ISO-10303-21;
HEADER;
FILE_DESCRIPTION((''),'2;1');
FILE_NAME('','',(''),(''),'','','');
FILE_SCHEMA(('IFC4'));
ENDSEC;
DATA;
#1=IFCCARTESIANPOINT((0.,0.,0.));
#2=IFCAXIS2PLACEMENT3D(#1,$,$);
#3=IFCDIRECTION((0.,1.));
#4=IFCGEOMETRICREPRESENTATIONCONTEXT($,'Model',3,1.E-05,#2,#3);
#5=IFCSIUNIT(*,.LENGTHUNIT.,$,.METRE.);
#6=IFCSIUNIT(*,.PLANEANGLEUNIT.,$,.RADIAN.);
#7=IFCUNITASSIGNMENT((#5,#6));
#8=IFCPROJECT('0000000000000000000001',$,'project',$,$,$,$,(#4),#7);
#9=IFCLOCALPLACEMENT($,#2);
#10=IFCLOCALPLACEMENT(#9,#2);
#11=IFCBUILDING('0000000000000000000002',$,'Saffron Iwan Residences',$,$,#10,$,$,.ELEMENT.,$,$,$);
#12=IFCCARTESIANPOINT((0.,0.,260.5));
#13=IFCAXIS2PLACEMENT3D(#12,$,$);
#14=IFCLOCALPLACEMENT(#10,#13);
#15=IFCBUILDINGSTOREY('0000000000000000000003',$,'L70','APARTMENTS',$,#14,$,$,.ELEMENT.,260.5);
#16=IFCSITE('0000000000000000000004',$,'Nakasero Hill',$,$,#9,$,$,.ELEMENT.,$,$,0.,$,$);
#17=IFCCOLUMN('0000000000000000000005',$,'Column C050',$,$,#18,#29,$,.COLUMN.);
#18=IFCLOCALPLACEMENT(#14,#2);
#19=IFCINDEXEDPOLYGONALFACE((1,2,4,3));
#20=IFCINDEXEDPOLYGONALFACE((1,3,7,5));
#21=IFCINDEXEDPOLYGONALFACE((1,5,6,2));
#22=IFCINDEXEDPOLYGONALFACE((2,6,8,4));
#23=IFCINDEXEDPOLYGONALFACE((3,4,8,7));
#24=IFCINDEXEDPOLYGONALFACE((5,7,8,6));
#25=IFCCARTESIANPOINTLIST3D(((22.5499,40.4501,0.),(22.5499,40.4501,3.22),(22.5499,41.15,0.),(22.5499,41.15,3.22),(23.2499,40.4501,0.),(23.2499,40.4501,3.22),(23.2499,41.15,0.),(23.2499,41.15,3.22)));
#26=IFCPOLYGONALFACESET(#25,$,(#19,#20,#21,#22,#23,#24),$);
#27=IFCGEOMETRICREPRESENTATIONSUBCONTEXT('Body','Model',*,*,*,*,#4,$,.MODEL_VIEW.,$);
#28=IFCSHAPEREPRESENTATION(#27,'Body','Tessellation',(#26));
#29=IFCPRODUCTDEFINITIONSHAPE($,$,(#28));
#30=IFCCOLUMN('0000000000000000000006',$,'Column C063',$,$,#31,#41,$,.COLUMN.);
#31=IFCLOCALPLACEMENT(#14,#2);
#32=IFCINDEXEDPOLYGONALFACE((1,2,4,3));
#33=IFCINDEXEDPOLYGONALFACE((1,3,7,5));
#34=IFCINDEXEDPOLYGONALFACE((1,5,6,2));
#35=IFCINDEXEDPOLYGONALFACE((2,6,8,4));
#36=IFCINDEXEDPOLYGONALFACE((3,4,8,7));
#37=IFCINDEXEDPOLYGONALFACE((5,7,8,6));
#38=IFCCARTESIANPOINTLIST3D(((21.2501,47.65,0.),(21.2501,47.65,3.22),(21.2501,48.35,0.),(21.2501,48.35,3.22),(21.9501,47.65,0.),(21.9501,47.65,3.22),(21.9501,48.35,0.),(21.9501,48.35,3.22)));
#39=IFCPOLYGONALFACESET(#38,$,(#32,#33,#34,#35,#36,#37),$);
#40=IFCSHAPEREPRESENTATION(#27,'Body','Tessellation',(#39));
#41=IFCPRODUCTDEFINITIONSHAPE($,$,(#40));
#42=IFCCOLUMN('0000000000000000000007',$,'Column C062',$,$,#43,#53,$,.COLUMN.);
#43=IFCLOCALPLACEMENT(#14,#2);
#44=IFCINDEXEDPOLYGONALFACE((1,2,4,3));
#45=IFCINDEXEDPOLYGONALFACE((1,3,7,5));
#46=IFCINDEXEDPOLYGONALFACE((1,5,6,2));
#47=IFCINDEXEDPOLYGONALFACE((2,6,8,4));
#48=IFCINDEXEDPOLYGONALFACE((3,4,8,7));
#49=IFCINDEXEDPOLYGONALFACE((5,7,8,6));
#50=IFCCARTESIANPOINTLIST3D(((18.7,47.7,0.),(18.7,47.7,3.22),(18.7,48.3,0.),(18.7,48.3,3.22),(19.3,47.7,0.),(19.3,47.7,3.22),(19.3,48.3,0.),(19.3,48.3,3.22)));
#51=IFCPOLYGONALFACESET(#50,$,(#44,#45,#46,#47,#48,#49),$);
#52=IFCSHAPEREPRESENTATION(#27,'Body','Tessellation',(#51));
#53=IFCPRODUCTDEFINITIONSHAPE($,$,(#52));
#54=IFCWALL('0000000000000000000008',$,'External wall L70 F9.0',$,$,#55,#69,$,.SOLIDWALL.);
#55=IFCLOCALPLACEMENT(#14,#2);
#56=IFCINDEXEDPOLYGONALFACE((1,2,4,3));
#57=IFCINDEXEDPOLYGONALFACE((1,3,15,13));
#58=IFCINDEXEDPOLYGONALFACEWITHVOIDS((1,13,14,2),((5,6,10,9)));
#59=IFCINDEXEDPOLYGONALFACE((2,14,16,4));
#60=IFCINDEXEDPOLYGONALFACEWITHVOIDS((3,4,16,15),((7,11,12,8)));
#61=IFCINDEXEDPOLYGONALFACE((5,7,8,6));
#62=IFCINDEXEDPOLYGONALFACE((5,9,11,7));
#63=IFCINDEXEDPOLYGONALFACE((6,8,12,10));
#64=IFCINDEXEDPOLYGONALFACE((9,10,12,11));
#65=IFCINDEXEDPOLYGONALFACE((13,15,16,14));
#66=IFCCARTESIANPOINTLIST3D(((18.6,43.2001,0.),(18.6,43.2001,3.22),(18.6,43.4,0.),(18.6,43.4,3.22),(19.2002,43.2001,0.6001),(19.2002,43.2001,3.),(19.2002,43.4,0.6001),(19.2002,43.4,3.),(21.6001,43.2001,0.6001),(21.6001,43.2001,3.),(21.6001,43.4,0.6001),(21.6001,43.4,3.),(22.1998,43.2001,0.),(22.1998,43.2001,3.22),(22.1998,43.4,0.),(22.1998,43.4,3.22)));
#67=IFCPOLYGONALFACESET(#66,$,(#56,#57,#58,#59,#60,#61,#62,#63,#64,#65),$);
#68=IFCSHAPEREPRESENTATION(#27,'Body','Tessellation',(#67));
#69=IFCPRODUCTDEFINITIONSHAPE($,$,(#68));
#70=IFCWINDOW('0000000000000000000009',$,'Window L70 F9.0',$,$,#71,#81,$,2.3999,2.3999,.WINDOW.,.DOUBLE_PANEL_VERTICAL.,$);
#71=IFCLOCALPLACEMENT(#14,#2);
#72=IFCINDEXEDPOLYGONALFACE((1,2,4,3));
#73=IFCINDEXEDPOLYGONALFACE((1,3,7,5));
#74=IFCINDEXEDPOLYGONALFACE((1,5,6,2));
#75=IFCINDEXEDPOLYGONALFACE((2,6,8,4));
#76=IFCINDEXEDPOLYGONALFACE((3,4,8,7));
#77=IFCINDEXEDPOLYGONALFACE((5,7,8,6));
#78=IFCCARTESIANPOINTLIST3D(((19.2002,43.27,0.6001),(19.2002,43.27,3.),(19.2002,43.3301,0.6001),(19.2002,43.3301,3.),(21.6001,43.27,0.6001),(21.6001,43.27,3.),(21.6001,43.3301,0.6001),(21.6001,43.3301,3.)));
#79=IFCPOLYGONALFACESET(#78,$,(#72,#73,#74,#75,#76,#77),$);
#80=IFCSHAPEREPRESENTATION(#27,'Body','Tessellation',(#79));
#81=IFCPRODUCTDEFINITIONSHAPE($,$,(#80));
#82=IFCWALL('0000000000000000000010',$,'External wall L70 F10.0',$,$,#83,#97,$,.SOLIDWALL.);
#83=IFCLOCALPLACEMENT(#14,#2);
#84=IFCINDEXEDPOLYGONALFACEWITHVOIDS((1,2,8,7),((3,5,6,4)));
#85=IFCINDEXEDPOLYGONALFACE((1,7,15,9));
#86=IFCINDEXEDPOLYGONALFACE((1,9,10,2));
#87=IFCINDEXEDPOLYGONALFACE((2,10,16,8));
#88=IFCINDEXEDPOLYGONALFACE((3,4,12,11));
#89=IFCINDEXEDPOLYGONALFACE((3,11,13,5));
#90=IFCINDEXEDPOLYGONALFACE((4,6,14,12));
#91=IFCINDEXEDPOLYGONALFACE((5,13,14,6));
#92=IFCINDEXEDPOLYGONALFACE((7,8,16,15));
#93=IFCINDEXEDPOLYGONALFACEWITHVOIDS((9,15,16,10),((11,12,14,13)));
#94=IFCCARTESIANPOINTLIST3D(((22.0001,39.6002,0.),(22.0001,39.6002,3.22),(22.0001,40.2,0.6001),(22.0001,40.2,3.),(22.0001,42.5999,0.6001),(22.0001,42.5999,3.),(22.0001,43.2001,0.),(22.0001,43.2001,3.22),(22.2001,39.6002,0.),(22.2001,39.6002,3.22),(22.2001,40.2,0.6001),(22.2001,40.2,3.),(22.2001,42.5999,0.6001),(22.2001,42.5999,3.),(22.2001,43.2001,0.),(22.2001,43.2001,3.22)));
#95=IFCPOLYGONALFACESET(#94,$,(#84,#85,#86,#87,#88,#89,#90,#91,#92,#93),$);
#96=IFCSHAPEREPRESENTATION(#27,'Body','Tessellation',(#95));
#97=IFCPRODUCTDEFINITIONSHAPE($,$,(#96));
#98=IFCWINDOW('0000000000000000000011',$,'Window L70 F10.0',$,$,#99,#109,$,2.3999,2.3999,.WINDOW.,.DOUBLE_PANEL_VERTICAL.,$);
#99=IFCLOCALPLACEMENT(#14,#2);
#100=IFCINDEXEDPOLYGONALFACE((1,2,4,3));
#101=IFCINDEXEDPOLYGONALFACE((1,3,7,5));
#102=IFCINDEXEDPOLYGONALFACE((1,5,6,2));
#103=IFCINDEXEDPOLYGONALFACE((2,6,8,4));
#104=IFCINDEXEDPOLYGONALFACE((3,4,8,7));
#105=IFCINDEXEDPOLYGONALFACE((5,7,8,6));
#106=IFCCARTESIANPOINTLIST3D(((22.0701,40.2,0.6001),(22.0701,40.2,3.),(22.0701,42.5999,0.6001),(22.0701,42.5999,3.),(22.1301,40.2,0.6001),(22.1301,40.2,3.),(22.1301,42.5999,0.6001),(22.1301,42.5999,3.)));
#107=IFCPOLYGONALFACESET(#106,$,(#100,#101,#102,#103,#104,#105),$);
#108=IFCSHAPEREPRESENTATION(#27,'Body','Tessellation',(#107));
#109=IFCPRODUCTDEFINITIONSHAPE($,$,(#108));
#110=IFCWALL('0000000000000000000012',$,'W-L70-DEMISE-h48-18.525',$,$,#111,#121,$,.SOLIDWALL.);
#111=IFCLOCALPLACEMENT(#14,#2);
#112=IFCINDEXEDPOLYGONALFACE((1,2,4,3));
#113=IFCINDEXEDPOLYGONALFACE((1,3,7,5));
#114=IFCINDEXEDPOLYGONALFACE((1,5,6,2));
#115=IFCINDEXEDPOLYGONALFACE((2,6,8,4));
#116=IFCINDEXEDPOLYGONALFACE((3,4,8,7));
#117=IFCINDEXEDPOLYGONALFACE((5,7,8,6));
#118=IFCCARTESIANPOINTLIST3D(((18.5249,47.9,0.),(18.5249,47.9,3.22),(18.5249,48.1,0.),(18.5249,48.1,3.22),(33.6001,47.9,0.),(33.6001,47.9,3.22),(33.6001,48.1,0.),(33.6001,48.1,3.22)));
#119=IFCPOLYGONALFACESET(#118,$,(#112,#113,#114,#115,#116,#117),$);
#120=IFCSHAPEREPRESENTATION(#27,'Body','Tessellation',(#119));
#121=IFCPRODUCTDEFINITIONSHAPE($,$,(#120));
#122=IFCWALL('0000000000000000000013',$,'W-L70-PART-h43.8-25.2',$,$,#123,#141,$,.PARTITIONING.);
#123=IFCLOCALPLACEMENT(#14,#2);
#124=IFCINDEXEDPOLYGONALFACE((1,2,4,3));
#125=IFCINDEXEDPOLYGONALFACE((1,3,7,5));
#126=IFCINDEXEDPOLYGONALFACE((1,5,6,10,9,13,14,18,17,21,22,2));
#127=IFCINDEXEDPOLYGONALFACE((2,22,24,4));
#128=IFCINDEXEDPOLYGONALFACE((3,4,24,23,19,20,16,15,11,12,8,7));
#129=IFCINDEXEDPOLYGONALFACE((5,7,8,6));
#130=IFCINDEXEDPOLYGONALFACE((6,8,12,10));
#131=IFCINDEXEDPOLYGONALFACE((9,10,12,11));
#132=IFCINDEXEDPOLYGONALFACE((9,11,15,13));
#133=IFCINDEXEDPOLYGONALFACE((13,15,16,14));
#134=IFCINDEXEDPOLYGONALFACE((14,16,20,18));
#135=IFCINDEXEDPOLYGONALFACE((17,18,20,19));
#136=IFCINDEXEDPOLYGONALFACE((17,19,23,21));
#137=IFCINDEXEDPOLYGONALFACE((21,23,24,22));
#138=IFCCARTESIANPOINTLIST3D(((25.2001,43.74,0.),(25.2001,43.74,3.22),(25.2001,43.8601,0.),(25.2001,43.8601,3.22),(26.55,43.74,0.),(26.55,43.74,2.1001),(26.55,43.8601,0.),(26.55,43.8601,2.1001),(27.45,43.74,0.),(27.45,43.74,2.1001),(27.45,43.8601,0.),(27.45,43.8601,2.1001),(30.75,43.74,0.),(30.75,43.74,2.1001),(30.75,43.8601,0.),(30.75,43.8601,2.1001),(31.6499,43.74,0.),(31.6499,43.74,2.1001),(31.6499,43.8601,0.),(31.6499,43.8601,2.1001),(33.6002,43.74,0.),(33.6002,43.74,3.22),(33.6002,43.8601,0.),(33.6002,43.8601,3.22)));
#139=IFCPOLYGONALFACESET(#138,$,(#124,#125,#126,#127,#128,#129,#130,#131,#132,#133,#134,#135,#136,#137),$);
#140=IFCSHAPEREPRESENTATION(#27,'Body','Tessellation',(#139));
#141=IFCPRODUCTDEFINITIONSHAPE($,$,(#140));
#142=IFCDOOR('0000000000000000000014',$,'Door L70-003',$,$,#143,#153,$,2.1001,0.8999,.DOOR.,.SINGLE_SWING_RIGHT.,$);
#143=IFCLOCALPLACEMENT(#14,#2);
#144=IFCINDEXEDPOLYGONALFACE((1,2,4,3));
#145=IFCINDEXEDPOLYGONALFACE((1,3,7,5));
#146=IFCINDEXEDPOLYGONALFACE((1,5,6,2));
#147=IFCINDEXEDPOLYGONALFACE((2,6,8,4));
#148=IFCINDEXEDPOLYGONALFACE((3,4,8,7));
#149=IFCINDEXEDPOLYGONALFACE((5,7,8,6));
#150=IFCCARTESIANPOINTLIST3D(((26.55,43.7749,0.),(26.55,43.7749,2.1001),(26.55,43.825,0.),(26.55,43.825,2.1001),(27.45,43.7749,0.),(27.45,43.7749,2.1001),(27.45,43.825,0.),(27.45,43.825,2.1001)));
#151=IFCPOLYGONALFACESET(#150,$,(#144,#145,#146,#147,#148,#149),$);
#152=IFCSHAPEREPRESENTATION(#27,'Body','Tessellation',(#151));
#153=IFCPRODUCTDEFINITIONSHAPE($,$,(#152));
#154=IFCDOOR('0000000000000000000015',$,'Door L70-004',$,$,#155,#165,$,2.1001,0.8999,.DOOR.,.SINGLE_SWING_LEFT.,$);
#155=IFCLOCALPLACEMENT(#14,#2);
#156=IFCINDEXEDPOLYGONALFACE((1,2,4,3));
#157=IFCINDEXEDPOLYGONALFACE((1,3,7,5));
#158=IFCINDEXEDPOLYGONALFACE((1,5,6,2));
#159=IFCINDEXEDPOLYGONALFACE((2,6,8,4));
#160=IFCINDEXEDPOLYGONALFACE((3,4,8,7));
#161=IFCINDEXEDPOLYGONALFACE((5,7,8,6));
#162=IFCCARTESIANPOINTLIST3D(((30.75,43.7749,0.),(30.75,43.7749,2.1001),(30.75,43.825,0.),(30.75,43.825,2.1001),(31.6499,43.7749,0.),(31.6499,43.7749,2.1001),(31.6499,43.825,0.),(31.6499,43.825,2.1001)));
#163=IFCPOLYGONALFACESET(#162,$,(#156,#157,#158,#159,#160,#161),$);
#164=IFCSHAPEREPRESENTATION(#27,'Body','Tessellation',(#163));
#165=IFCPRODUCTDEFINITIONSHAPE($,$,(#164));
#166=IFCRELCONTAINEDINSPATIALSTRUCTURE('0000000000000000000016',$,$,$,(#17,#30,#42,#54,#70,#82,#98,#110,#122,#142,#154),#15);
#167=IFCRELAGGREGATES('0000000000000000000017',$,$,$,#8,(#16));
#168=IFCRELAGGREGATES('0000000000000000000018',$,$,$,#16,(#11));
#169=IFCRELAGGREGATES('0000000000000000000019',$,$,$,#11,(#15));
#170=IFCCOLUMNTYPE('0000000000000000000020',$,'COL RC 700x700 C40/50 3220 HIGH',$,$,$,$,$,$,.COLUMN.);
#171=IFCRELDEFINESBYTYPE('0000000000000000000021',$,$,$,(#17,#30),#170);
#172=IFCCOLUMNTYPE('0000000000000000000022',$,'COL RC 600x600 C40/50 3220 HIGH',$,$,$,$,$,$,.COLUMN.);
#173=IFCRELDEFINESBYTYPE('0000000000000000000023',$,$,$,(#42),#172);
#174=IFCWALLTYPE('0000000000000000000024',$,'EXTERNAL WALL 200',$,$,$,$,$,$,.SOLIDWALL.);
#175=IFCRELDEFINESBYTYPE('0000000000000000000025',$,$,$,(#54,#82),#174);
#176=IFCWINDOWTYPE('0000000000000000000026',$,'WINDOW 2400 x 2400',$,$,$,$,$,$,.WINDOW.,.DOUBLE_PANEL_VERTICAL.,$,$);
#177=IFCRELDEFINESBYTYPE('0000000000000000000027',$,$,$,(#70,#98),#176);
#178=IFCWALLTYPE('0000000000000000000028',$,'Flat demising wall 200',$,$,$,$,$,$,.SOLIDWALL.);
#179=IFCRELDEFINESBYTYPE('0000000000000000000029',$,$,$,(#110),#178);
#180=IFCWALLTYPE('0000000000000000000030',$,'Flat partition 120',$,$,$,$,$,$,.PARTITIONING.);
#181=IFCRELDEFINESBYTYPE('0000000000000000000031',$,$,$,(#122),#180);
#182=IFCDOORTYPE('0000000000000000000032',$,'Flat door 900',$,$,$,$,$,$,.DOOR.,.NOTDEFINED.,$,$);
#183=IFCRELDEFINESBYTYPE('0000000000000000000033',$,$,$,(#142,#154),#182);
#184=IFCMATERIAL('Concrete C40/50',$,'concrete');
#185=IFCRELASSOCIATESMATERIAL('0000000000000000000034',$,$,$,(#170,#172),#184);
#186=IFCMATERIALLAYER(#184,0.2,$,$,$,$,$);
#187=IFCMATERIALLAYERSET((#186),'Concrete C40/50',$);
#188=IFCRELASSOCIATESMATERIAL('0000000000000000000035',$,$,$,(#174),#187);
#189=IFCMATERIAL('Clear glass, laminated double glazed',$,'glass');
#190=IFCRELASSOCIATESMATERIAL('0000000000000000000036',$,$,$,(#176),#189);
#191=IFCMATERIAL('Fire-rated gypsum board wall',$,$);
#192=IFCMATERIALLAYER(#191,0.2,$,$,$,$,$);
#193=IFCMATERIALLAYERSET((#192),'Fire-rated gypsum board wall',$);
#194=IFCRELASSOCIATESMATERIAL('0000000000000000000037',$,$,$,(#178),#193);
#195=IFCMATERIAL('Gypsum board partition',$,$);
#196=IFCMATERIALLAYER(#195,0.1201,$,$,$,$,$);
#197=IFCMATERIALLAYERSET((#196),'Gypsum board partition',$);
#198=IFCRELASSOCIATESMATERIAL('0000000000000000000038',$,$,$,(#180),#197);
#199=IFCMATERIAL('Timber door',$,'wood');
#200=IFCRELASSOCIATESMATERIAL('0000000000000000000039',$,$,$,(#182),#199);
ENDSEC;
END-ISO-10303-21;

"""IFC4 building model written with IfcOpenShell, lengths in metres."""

from ifc_helpers import new_model, si_unit, direction, frame, frame_2d, origin, origin_2d, place, context, subcontext, project, spatial, rectangle, extrude, source, transform, mapped, material, layer, layer_set, material_profile, profile_set, type_object, element, fill, save


model = new_model("IFC4")

# Units and contexts
model_context = context("Model", 3, precision=1e-05, world=origin(), true_north=direction((0.0, 1.0)))
body_context = subcontext(model_context, "Body", "Model", "MODEL_VIEW")
ifc_project = project(units=[si_unit("LENGTHUNIT", "METRE"), si_unit("PLANEANGLEUNIT", "RADIAN")], contexts=[model_context])

# Site, building, storey
site_placement = place(None, origin())
site = spatial("IfcSite", under=ifc_project, at=site_placement, Name="Nakasero Hill", CompositionType="ELEMENT", RefElevation=0.0)
building_placement = place(site_placement, origin())
building = spatial("IfcBuilding", under=site, at=building_placement, Name="Saffron Iwan Residences", CompositionType="ELEMENT")
storey_placement = place(building_placement, frame((0.0, 0.0, 260.5)))
storey = spatial("IfcBuildingStorey", under=building, at=storey_placement, Name="L70", Description="APARTMENTS", CompositionType="ELEMENT", Elevation=260.5)

# Columns
ifc_material_1 = material(Name="Concrete C40/50", Category="concrete")
ifc_material_profile_1 = material_profile(ifc_material_1, rectangle(XDim=0.7, YDim=0.7, at=origin_2d()), Name="RC 700x700")
ifc_profile_set_1 = profile_set([ifc_material_profile_1], Name="Concrete C40/50")
column_type_1 = type_object("IfcColumnType", Name="COL RC 700x700 C40/50 3220 HIGH", PredefinedType="COLUMN", material=ifc_profile_set_1)
shared_shape_1 = source(origin(), body_context, "Body", "SweptSolid", [
    extrude(rectangle(XDim=0.7, YDim=0.7, at=origin_2d()), origin(), (0.0, 0.0, 1.0), 3.22),
])
for number, where, z_axis, x_axis, name in (
    (1, (22.8999, 40.8, 0.0), (0.0, 0.0, 1.0), (1.0, 0.0, 0.0), "Column C050"),
    (2, (21.6001, 48.0, 0.0), (0.0, 0.0, 1.0), (1.0, 0.0, 0.0), "Column C063"),
):
    element("IfcColumn", number, at=place(storey_placement, frame(where, z_axis=z_axis, x_axis=x_axis)), inside=storey, type_object=column_type_1, Name=name, PredefinedType="COLUMN", context=body_context, shape_type="MappedRepresentation", body=[
        mapped(shared_shape_1, transform((0.0, 0.0, 0.0))),
    ])
ifc_material_profile_2 = material_profile(ifc_material_1, rectangle(XDim=0.6001, YDim=0.6001, at=origin_2d()), Name="RC 600x600")
ifc_profile_set_2 = profile_set([ifc_material_profile_2], Name="Concrete C40/50")
column_type_2 = type_object("IfcColumnType", Name="COL RC 600x600 C40/50 3220 HIGH", PredefinedType="COLUMN", material=ifc_profile_set_2)
shared_shape_2 = source(origin(), body_context, "Body", "SweptSolid", [
    extrude(rectangle(XDim=0.6001, YDim=0.6001, at=origin_2d()), origin(), (0.0, 0.0, 1.0), 3.22),
])
column_placement = place(storey_placement, frame((19.0, 48.0, 0.0), z_axis=(0.0, 0.0, 1.0), x_axis=(1.0, 0.0, 0.0)))
element("IfcColumn", 3, at=column_placement, inside=storey, type_object=column_type_2, Name="Column C062", PredefinedType="COLUMN", context=body_context, shape_type="MappedRepresentation", body=[
    mapped(shared_shape_2, transform((0.0, 0.0, 0.0))),
])

# Walls, openings, windows
ifc_layer_1 = layer(ifc_material_1, 0.2)
ifc_layer_set_1 = layer_set([ifc_layer_1], Name="Concrete C40/50")
wall_type_1 = type_object("IfcWallType", Name="EXTERNAL WALL 200", PredefinedType="SOLIDWALL", material=ifc_layer_set_1)
wall_1_placement = place(storey_placement, frame((18.6001, 43.3, 0.0), z_axis=(0.0, 0.0, 1.0), x_axis=(1.0, 0.0, 0.0)))
wall_1 = element("IfcWall", 4, at=wall_1_placement, inside=storey, type_object=wall_type_1, Name="External wall L70 F9.0", PredefinedType="SOLIDWALL", context=body_context, shape_type="SweptSolid", body=[
    extrude(rectangle(XDim=3.5999, YDim=0.2, at=frame_2d((1.7998, 0.0))), origin(), (0.0, 0.0, 1.0), 3.22),
])
opening_1_placement = place(wall_1_placement, frame((0.6001, 0.0, 0.6001)))
opening_1 = element("IfcOpeningElement", 5, at=opening_1_placement, cuts=wall_1, PredefinedType="OPENING", context=body_context, shape_type="SweptSolid", body=[
    extrude(rectangle(XDim=2.3999, YDim=2.3999, at=frame_2d((1.2, 1.2))), frame((0.0, 0.1099, 0.0), z_axis=(0.0, -1.0, 0.0), x_axis=(1.0, 0.0, 0.0)), (0.0, 0.0, 1.0), 0.22),
])
ifc_material_2 = material(Name="Clear glass, laminated double glazed", Category="glass")
window_type = type_object("IfcWindowType", Name="WINDOW 2400 x 2400", PartitioningType="DOUBLE_PANEL_VERTICAL", PredefinedType="WINDOW", material=ifc_material_2)
window_1_placement = place(opening_1_placement, origin())
window_1 = element("IfcWindow", 6, at=window_1_placement, inside=storey, type_object=window_type, Name="Window L70 F9.0", OverallHeight=2.3999, OverallWidth=2.3999, PartitioningType="DOUBLE_PANEL_VERTICAL", PredefinedType="WINDOW", context=body_context, shape_type="SweptSolid", body=[
    extrude(rectangle(XDim=2.3999, YDim=2.3999, at=frame_2d((1.2, 1.2))), frame((0.0, 0.03, 0.0), z_axis=(0.0, -1.0, 0.0), x_axis=(1.0, 0.0, 0.0)), (0.0, 0.0, 1.0), 0.0601),
])
fill(opening_1, window_1)
wall_2_placement = place(storey_placement, frame((22.1001, 43.2, 0.0), z_axis=(0.0, 0.0, 1.0), x_axis=(0.0, -1.0, 0.0)))
wall_2 = element("IfcWall", 7, at=wall_2_placement, inside=storey, type_object=wall_type_1, Name="External wall L70 F10.0", PredefinedType="SOLIDWALL", context=body_context, shape_type="SweptSolid", body=[
    extrude(rectangle(XDim=3.5999, YDim=0.2, at=frame_2d((1.7998, 0.0))), origin(), (0.0, 0.0, 1.0), 3.22),
])
opening_2_placement = place(wall_2_placement, frame((0.6001, 0.0, 0.6001)))
opening_2 = element("IfcOpeningElement", 8, at=opening_2_placement, cuts=wall_2, PredefinedType="OPENING", context=body_context, shape_type="SweptSolid", body=[
    extrude(rectangle(XDim=2.3999, YDim=2.3999, at=frame_2d((1.2, 1.2))), frame((0.0, 0.1099, 0.0), z_axis=(0.0, -1.0, 0.0), x_axis=(1.0, 0.0, 0.0)), (0.0, 0.0, 1.0), 0.22),
])
window_2_placement = place(opening_2_placement, origin())
window_2 = element("IfcWindow", 9, at=window_2_placement, inside=storey, type_object=window_type, Name="Window L70 F10.0", OverallHeight=2.3999, OverallWidth=2.3999, PartitioningType="DOUBLE_PANEL_VERTICAL", PredefinedType="WINDOW", context=body_context, shape_type="SweptSolid", body=[
    extrude(rectangle(XDim=2.3999, YDim=2.3999, at=frame_2d((1.2, 1.2))), frame((0.0, 0.03, 0.0), z_axis=(0.0, -1.0, 0.0), x_axis=(1.0, 0.0, 0.0)), (0.0, 0.0, 1.0), 0.0601),
])
fill(opening_2, window_2)

# Wall
ifc_material_3 = material(Name="Fire-rated gypsum board wall")
ifc_layer_2 = layer(ifc_material_3, 0.2)
ifc_layer_set_2 = layer_set([ifc_layer_2], Name="Fire-rated gypsum board wall")
wall_type_2 = type_object("IfcWallType", Name="Flat demising wall 200", PredefinedType="SOLIDWALL", material=ifc_layer_set_2)
wall_3_placement = place(storey_placement, frame((18.5249, 48.0, 0.0), z_axis=(0.0, 0.0, 1.0), x_axis=(1.0, 0.0, 0.0)))
element("IfcWall", 10, at=wall_3_placement, inside=storey, type_object=wall_type_2, Name="W-L70-DEMISE-h48-18.525", PredefinedType="SOLIDWALL", context=body_context, shape_type="SweptSolid", body=[
    extrude(rectangle(XDim=15.0752, YDim=0.2, at=frame_2d((7.5376, 0.0))), origin(), (0.0, 0.0, 1.0), 3.22),
])

# Wall, openings, doors
ifc_material_4 = material(Name="Gypsum board partition")
ifc_layer_3 = layer(ifc_material_4, 0.1201)
ifc_layer_set_3 = layer_set([ifc_layer_3], Name="Gypsum board partition")
wall_type_3 = type_object("IfcWallType", Name="Flat partition 120", PredefinedType="PARTITIONING", material=ifc_layer_set_3)
wall_4_placement = place(storey_placement, frame((25.2, 43.8, 0.0), z_axis=(0.0, 0.0, 1.0), x_axis=(1.0, 0.0, 0.0)))
wall_4 = element("IfcWall", 11, at=wall_4_placement, inside=storey, type_object=wall_type_3, Name="W-L70-PART-h43.8-25.2", PredefinedType="PARTITIONING", context=body_context, shape_type="SweptSolid", body=[
    extrude(rectangle(XDim=8.4001, YDim=0.1201, at=frame_2d((4.2002, 0.0))), origin(), (0.0, 0.0, 1.0), 3.22),
])
opening_3_placement = place(wall_4_placement, frame((1.3501, 0.0, 0.0)))
opening_3 = element("IfcOpeningElement", 12, at=opening_3_placement, cuts=wall_4, PredefinedType="OPENING", context=body_context, shape_type="SweptSolid", body=[
    extrude(rectangle(XDim=0.8999, YDim=2.1001, at=frame_2d((0.45, 1.05))), frame((0.0, 0.0701, 0.0), z_axis=(0.0, -1.0, 0.0), x_axis=(1.0, 0.0, 0.0)), (0.0, 0.0, 1.0), 0.1401),
])
opening_4_placement = place(wall_4_placement, frame((5.55, 0.0, 0.0)))
opening_4 = element("IfcOpeningElement", 13, at=opening_4_placement, cuts=wall_4, PredefinedType="OPENING", context=body_context, shape_type="SweptSolid", body=[
    extrude(rectangle(XDim=0.8999, YDim=2.1001, at=frame_2d((0.45, 1.05))), frame((0.0, 0.0701, 0.0), z_axis=(0.0, -1.0, 0.0), x_axis=(1.0, 0.0, 0.0)), (0.0, 0.0, 1.0), 0.1401),
])
ifc_material_5 = material(Name="Timber door", Category="wood")
door_type = type_object("IfcDoorType", Name="Flat door 900", OperationType="NOTDEFINED", PredefinedType="DOOR", material=ifc_material_5)
door_1_placement = place(opening_3_placement, origin())
door_1 = element("IfcDoor", 14, at=door_1_placement, inside=storey, type_object=door_type, Name="Door L70-003", OperationType="SINGLE_SWING_RIGHT", OverallHeight=2.1001, OverallWidth=0.8999, PredefinedType="DOOR", context=body_context, shape_type="SweptSolid", body=[
    extrude(rectangle(XDim=0.8999, YDim=2.1001, at=frame_2d((0.45, 1.05))), frame((0.0, 0.0249, 0.0), z_axis=(0.0, -1.0, 0.0), x_axis=(1.0, 0.0, 0.0)), (0.0, 0.0, 1.0), 0.05),
])
fill(opening_3, door_1)
door_2_placement = place(opening_4_placement, origin())
door_2 = element("IfcDoor", 15, at=door_2_placement, inside=storey, type_object=door_type, Name="Door L70-004", OperationType="SINGLE_SWING_LEFT", OverallHeight=2.1001, OverallWidth=0.8999, PredefinedType="DOOR", context=body_context, shape_type="SweptSolid", body=[
    extrude(rectangle(XDim=0.8999, YDim=2.1001, at=frame_2d((0.45, 1.05))), frame((0.0, 0.0249, 0.0), z_axis=(0.0, -1.0, 0.0), x_axis=(1.0, 0.0, 0.0)), (0.0, 0.0, 1.0), 0.05),
])
fill(opening_4, door_2)

save(model, "model.ifc")
